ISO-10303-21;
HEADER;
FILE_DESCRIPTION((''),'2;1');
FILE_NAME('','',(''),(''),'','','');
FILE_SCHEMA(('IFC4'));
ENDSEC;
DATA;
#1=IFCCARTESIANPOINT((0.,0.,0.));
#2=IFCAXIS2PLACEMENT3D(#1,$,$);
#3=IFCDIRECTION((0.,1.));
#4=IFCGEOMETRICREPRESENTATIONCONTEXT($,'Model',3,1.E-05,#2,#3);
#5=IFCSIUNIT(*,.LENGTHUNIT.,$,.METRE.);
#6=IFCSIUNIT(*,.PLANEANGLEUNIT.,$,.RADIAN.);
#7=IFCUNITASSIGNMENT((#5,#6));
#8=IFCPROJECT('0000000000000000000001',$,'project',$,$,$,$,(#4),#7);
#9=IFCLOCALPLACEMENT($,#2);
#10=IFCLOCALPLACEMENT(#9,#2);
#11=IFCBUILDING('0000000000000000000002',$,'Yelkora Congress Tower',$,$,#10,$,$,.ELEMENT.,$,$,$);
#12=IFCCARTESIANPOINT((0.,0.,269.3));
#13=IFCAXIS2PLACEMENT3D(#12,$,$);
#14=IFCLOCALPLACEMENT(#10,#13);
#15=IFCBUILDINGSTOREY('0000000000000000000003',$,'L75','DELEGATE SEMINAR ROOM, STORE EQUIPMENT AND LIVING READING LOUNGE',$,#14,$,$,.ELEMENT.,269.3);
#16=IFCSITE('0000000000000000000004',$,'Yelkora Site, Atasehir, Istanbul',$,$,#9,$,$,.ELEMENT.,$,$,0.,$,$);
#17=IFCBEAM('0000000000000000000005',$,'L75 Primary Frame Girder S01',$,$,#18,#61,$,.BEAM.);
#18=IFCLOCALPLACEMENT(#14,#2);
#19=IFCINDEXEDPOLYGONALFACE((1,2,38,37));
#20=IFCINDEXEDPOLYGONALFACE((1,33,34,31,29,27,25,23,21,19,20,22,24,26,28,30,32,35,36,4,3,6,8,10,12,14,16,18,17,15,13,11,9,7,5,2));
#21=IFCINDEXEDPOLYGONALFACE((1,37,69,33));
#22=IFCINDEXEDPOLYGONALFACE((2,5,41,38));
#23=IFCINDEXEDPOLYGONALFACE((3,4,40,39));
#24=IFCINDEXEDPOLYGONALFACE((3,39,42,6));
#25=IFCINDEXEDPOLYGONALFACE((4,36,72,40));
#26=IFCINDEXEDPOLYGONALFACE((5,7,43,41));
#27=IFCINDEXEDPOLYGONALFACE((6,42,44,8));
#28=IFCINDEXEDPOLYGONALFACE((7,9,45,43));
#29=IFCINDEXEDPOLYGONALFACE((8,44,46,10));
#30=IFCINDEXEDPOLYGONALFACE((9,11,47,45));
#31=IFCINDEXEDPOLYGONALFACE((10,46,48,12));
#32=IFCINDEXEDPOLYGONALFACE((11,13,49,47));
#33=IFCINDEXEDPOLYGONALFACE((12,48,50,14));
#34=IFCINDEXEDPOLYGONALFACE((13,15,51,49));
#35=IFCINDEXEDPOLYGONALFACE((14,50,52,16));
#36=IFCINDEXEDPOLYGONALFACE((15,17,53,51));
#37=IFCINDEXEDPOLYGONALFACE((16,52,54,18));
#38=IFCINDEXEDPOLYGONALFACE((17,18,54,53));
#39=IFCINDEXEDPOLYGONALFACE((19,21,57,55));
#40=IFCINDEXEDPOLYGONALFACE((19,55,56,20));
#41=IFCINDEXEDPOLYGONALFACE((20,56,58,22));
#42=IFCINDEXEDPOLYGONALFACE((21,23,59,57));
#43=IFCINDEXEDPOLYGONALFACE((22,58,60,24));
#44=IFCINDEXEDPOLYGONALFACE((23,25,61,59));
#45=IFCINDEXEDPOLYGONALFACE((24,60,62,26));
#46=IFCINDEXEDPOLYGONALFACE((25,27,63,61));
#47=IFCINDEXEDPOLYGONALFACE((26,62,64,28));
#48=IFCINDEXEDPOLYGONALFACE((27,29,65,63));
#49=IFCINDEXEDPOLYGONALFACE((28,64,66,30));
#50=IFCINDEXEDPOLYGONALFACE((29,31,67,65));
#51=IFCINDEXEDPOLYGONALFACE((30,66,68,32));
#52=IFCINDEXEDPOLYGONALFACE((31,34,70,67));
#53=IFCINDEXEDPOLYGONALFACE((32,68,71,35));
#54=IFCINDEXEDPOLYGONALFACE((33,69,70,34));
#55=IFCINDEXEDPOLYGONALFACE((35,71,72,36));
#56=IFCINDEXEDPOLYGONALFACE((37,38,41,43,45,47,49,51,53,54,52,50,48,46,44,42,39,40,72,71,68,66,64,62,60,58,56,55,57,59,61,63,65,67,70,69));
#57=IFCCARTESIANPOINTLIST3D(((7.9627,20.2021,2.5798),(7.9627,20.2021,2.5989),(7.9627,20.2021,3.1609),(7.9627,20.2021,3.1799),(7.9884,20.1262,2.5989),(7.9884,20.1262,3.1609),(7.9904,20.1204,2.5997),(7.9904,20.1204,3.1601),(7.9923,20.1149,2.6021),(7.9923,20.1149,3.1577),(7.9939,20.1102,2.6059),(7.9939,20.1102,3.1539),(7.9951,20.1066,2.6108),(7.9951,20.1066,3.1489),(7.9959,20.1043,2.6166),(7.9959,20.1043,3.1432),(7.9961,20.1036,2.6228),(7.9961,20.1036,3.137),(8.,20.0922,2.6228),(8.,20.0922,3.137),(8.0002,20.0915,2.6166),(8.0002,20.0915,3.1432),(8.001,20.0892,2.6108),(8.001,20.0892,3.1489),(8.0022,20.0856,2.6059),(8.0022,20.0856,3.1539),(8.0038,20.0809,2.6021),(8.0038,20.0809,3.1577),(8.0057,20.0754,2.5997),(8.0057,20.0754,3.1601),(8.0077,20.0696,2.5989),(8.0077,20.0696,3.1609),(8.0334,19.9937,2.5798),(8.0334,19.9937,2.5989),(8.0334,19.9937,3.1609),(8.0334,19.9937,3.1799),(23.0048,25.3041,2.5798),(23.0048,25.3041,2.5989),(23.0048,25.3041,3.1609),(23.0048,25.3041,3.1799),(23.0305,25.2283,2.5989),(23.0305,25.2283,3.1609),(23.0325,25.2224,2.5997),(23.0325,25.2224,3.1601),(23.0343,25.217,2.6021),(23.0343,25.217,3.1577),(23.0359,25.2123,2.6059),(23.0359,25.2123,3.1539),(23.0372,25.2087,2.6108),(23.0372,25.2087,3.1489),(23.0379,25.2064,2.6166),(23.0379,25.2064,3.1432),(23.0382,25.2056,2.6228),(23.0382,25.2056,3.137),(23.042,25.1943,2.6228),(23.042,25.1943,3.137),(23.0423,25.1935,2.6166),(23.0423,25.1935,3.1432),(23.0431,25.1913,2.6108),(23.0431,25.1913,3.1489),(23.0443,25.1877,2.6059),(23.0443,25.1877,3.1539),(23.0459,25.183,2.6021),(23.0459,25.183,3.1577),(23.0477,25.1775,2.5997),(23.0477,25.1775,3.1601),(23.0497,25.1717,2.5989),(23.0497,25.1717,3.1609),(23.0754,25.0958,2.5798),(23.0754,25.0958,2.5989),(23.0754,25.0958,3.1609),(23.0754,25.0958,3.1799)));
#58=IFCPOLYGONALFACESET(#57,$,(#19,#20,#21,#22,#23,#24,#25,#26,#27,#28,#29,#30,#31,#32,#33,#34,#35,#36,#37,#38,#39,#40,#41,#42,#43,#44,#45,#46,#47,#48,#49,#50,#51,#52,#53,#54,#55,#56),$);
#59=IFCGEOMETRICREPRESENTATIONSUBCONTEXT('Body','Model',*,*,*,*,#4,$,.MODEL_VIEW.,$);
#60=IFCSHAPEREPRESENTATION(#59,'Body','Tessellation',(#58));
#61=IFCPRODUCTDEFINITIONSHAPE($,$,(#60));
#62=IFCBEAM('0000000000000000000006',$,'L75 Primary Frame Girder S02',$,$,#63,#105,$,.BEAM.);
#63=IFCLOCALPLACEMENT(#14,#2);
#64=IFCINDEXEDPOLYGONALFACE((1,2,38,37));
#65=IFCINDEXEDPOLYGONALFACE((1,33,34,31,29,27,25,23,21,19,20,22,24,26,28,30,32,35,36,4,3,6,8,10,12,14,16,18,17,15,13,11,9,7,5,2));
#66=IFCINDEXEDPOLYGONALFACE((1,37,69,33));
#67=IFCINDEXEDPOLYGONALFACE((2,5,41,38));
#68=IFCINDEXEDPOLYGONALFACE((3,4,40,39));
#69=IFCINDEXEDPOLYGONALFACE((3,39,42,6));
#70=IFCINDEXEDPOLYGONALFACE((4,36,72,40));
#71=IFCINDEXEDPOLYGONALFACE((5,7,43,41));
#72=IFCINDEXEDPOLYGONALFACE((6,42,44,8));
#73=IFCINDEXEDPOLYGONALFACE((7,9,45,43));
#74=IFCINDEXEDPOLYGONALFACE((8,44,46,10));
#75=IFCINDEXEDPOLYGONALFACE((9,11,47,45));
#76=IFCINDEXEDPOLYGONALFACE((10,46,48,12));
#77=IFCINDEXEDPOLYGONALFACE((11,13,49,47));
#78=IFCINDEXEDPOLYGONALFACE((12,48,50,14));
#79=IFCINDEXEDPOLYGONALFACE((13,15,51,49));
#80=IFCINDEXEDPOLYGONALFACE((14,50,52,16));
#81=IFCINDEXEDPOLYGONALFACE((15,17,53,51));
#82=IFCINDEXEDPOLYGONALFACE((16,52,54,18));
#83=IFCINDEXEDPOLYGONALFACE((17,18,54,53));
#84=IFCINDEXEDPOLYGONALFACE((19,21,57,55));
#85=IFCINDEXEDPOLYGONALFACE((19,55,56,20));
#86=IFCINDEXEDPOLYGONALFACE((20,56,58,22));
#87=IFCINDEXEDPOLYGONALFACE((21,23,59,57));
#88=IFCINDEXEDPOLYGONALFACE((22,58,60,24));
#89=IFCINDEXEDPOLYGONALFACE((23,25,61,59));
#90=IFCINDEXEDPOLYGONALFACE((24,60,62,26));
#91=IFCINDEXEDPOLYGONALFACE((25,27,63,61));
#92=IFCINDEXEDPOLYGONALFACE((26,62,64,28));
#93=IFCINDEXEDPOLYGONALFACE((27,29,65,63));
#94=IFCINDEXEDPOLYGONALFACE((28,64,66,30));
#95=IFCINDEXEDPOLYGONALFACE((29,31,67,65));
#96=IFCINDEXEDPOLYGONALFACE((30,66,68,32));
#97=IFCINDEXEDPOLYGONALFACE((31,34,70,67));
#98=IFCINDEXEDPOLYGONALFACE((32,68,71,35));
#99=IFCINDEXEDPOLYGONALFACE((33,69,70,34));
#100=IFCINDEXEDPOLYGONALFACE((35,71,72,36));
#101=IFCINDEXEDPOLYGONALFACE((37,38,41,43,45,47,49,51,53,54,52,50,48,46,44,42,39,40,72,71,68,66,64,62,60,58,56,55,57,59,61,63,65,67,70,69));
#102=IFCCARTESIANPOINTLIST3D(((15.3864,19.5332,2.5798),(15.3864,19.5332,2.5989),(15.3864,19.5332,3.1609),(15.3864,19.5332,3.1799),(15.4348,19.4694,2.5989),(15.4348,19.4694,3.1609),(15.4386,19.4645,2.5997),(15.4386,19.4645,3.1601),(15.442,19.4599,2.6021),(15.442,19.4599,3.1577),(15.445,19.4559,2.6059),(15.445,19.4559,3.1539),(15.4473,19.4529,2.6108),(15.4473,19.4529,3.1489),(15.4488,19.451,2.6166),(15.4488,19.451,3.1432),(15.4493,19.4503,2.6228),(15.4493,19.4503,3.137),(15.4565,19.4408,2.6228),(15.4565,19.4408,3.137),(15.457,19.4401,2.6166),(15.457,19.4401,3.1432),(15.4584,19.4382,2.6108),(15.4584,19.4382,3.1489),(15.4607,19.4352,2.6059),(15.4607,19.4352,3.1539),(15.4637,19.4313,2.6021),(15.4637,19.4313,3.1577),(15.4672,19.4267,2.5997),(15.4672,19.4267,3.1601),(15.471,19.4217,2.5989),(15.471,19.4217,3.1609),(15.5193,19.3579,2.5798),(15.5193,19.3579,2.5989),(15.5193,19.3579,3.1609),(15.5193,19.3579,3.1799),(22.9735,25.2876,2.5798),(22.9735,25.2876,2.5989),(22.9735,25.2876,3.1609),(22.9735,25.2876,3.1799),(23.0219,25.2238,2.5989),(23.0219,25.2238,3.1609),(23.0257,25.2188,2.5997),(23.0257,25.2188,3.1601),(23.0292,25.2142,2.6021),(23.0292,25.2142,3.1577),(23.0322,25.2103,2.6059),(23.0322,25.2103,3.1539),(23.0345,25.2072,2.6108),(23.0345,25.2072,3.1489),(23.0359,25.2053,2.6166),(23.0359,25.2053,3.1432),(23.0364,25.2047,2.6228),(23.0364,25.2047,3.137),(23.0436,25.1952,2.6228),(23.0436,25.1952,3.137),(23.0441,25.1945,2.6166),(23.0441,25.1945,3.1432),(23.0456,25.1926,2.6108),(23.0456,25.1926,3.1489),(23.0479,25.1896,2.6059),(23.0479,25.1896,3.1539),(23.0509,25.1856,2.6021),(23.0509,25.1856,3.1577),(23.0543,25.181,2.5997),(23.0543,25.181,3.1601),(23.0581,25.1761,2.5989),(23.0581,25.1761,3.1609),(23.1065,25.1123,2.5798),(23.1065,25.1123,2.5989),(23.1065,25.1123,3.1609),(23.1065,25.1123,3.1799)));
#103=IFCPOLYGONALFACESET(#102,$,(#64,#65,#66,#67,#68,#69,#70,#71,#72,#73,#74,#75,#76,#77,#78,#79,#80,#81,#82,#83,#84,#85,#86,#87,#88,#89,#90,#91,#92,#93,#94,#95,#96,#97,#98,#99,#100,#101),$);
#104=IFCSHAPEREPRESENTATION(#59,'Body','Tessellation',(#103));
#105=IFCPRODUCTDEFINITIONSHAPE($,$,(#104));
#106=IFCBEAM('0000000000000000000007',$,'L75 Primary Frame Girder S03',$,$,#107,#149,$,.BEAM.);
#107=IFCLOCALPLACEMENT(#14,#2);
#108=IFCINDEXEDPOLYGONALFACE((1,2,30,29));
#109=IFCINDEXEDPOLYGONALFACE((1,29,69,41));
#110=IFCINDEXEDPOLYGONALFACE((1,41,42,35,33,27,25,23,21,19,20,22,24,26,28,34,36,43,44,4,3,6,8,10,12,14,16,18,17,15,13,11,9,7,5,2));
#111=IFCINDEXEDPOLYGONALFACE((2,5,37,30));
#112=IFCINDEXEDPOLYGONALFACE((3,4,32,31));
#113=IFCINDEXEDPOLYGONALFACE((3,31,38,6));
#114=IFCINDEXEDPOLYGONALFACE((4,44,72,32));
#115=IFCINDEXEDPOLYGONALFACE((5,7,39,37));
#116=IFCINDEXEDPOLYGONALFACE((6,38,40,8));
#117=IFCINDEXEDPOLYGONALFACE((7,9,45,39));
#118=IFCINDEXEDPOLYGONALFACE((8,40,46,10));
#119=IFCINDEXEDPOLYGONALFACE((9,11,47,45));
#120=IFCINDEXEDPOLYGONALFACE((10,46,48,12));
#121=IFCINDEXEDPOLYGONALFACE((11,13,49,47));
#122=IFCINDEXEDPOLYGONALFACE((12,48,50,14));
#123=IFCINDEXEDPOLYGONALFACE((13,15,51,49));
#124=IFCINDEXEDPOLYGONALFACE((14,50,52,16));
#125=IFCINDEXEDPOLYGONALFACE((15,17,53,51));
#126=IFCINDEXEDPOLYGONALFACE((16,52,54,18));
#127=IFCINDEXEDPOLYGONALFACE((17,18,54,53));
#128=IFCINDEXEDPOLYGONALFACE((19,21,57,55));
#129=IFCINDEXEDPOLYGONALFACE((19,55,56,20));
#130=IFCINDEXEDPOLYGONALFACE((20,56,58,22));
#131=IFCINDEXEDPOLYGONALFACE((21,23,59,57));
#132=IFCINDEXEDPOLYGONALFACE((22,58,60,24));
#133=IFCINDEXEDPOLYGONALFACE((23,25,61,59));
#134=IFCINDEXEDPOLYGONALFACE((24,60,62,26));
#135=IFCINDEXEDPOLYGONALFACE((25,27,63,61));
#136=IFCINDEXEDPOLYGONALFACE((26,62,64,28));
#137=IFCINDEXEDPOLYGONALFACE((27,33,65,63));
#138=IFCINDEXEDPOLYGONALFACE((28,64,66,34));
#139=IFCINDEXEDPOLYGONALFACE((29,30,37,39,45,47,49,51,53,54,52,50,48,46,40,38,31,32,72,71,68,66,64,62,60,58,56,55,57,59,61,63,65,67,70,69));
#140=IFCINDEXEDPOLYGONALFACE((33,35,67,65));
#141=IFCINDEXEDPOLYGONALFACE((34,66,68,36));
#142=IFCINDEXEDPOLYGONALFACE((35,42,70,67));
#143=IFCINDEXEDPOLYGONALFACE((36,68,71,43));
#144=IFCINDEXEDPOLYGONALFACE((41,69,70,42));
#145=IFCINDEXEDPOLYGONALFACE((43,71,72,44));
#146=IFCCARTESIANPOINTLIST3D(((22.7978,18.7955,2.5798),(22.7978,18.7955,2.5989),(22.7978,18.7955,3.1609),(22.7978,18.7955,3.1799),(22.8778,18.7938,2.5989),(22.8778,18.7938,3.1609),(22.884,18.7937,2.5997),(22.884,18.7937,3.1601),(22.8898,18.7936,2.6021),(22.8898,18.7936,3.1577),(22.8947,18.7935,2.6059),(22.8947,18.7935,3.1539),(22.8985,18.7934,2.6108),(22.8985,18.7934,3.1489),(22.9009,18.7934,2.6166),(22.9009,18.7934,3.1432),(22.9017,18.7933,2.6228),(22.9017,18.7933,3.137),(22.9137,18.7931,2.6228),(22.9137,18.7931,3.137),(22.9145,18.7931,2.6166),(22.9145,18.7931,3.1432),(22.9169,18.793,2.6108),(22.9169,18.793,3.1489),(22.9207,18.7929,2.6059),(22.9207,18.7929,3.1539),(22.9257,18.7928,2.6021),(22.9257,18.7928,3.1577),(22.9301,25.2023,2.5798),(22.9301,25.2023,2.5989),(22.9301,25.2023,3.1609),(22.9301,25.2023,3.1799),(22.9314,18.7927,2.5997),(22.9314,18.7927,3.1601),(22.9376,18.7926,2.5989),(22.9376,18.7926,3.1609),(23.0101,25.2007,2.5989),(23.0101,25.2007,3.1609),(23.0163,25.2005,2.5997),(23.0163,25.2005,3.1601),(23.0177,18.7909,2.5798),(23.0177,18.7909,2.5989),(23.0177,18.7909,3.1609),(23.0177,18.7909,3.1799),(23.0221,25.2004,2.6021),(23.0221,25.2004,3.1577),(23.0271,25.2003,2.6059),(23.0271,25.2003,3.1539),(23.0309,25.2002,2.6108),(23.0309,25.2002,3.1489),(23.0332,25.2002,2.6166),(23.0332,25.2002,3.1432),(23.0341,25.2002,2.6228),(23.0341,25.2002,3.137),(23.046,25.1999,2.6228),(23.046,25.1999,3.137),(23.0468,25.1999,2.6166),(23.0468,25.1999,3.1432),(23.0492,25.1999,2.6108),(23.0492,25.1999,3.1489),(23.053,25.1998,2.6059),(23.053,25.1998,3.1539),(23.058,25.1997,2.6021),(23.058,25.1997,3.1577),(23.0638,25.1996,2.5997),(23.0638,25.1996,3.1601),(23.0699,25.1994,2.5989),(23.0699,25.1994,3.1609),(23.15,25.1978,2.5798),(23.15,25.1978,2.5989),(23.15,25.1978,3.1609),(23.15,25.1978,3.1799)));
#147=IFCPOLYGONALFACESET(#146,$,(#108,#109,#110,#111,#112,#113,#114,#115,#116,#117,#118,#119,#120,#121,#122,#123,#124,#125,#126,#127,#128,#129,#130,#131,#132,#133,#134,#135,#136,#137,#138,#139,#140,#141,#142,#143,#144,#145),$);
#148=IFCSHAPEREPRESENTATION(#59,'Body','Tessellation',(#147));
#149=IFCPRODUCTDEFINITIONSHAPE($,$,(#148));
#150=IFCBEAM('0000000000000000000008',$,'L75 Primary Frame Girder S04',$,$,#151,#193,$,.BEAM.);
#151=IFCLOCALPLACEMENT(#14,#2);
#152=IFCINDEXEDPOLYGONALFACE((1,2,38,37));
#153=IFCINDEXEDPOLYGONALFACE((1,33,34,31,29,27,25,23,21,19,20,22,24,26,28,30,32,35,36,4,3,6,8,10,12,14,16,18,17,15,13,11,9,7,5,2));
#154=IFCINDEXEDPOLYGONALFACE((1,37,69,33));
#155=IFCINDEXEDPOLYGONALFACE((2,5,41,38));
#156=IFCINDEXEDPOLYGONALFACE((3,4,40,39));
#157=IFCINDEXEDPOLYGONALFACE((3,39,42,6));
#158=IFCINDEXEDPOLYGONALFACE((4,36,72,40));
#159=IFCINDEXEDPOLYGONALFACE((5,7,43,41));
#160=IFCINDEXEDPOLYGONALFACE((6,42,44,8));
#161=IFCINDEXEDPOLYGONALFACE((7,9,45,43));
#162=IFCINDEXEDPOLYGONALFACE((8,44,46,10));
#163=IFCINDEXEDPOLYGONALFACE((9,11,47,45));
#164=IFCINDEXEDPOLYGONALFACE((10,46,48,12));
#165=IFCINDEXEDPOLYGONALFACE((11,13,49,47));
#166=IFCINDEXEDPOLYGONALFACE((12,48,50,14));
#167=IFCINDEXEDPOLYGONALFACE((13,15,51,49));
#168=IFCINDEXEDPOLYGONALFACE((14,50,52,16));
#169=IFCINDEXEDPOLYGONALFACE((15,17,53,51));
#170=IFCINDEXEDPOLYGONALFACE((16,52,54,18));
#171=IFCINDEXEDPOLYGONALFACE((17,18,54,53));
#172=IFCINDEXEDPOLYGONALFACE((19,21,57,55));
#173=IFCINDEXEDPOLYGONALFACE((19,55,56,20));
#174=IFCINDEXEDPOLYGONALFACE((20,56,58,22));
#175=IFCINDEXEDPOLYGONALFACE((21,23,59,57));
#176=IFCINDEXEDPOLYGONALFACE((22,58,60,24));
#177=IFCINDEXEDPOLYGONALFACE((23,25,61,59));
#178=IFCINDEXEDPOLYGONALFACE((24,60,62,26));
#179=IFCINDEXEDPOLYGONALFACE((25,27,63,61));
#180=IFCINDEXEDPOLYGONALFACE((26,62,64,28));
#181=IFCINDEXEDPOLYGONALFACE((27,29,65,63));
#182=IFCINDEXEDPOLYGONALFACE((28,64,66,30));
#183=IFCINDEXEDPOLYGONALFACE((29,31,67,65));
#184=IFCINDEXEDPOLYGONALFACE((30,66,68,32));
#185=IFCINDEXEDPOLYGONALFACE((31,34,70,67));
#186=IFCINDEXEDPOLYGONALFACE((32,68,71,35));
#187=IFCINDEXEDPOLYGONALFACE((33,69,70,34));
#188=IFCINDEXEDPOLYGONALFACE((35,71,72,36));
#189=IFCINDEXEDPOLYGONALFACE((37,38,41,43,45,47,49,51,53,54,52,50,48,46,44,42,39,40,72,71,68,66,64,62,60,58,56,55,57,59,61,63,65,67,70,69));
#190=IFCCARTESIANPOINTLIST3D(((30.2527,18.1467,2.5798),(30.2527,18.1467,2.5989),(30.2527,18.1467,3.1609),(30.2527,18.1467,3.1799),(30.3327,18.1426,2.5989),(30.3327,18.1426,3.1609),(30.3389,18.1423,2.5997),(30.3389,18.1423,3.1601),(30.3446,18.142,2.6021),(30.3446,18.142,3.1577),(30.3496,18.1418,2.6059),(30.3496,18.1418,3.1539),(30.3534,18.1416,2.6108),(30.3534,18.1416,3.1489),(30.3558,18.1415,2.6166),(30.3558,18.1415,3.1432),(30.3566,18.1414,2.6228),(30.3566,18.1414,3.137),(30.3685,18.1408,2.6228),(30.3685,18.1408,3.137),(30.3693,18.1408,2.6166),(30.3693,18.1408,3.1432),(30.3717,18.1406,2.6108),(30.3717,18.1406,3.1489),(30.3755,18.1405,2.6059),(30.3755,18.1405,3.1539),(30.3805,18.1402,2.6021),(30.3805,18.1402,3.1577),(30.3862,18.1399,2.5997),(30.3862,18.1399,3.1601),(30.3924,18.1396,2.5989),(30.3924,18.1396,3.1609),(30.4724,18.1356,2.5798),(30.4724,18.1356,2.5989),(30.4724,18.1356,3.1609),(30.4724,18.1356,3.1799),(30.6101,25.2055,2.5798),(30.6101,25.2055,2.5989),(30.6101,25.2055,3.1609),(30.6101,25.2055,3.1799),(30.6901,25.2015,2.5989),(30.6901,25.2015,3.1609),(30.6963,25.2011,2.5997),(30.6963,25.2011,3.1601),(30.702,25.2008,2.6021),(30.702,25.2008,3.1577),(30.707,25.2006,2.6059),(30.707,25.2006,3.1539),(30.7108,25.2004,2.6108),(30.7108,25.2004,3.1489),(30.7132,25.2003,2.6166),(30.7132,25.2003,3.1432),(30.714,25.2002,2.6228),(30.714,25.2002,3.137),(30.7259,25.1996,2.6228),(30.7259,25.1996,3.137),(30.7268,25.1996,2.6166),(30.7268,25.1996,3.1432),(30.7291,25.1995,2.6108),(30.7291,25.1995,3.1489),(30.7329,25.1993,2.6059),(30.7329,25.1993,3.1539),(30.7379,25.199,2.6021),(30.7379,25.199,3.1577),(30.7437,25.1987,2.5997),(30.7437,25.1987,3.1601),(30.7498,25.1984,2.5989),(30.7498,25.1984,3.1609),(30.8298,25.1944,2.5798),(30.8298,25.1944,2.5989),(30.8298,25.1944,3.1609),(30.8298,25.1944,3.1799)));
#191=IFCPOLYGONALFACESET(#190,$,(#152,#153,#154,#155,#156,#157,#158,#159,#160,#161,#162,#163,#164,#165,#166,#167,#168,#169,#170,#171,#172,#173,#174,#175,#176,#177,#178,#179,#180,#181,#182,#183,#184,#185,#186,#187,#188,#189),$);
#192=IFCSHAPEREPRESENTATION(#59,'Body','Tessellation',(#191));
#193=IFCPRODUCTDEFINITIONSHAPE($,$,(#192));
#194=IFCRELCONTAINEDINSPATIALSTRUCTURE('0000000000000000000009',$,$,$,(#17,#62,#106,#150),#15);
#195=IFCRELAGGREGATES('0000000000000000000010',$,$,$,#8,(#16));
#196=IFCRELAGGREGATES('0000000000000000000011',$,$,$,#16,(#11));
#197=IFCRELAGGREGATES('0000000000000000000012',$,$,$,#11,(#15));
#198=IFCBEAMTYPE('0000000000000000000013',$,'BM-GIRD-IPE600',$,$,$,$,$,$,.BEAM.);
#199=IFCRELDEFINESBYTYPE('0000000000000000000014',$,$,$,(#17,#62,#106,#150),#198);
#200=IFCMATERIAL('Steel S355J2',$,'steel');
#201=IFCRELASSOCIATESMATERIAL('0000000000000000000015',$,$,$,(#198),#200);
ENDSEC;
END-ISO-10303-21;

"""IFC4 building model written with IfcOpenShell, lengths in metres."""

from ifc_helpers import new_model, si_unit, direction, frame, origin, origin_2d, place, context, subcontext, project, spatial, i_section, extrude, material, material_profile, profile_set, type_object, element, save


model = new_model("IFC4")

# Units and contexts
model_context = context("Model", 3, precision=1e-05, world=origin(), true_north=direction((0.0, 1.0)))
body_context = subcontext(model_context, "Body", "Model", "MODEL_VIEW")
ifc_project = project(units=[si_unit("LENGTHUNIT", "METRE"), si_unit("PLANEANGLEUNIT", "RADIAN")], contexts=[model_context])

# Site, building, storey
site_placement = place(None, origin())
site = spatial("IfcSite", under=ifc_project, at=site_placement, Name="Yelkora Site, Atasehir, Istanbul", CompositionType="ELEMENT", RefElevation=0.0)
building_placement = place(site_placement, origin())
building = spatial("IfcBuilding", under=site, at=building_placement, Name="Yelkora Congress Tower", CompositionType="ELEMENT")
storey_placement = place(building_placement, frame((0.0, 0.0, 269.3)))
storey = spatial("IfcBuildingStorey", under=building, at=storey_placement, Name="L75", Description="DELEGATE SEMINAR ROOM, STORE EQUIPMENT AND LIVING READING LOUNGE", CompositionType="ELEMENT", Elevation=269.3)

# Shared definitions
ifc_material_1 = material(Name="Steel S355J2", Category="steel")

# Beams
ifc_material_profile_1 = material_profile(ifc_material_1, i_section(OverallWidth=0.22, OverallDepth=0.6001, WebThickness=0.012, FlangeThickness=0.019, FilletRadius=0.0239, at=origin_2d()), Name="IPE 600")
ifc_profile_set_1 = profile_set([ifc_material_profile_1], Name="Steel S355J2")
beam_type_1 = type_object("IfcBeamType", Name="BM-GIRD-IPE600", PredefinedType="BEAM", material=ifc_profile_set_1)
beam_1_placement = place(storey_placement, frame((7.998, 20.0979, 2.8799), z_axis=(0.947007, 0.321213, 0.0), x_axis=(-0.321213, 0.947007, 0.0)))
element("IfcBeam", 1, at=beam_1_placement, inside=storey, type_object=beam_type_1, Name="L75 Primary Frame Girder S01", PredefinedType="BEAM", context=body_context, shape_type="SweptSolid", body=[
    extrude(i_section(OverallWidth=0.22, OverallDepth=0.6001, WebThickness=0.012, FlangeThickness=0.019, FilletRadius=0.0239, at=origin_2d()), origin(), (0.0, 0.0, 1.0), 15.8838),
])
beam_2_placement = place(storey_placement, frame((15.4529, 19.4456, 2.8799), z_axis=(0.796761, 0.604294, 0.0), x_axis=(-0.604294, 0.796761, 0.0)))
element("IfcBeam", 2, at=beam_2_placement, inside=storey, type_object=beam_type_1, Name="L75 Primary Frame Girder S02", PredefinedType="BEAM", context=body_context, shape_type="SweptSolid", body=[
    extrude(i_section(OverallWidth=0.22, OverallDepth=0.6001, WebThickness=0.012, FlangeThickness=0.019, FilletRadius=0.0239, at=origin_2d()), origin(), (0.0, 0.0, 1.0), 9.5225),
])
beam_3_placement = place(storey_placement, frame((22.9077, 18.7932, 2.8799), z_axis=(0.02065, 0.999787, 0.0), x_axis=(-0.999787, 0.02065, 0.0)))
element("IfcBeam", 3, at=beam_3_placement, inside=storey, type_object=beam_type_1, Name="L75 Primary Frame Girder S03", PredefinedType="BEAM", context=body_context, shape_type="SweptSolid", body=[
    extrude(i_section(OverallWidth=0.22, OverallDepth=0.6001, WebThickness=0.012, FlangeThickness=0.019, FilletRadius=0.0239, at=origin_2d()), origin(), (0.0, 0.0, 1.0), 6.4082),
])
beam_4_placement = place(storey_placement, frame((30.3625, 18.1411, 2.8799), z_axis=(0.05057, 0.998721, 0.0), x_axis=(-0.998721, 0.05057, 0.0)))
element("IfcBeam", 4, at=beam_4_placement, inside=storey, type_object=beam_type_1, Name="L75 Primary Frame Girder S04", PredefinedType="BEAM", context=body_context, shape_type="SweptSolid", body=[
    extrude(i_section(OverallWidth=0.22, OverallDepth=0.6001, WebThickness=0.012, FlangeThickness=0.019, FilletRadius=0.0239, at=origin_2d()), origin(), (0.0, 0.0, 1.0), 7.0679),
])

save(model, "model.ifc")
